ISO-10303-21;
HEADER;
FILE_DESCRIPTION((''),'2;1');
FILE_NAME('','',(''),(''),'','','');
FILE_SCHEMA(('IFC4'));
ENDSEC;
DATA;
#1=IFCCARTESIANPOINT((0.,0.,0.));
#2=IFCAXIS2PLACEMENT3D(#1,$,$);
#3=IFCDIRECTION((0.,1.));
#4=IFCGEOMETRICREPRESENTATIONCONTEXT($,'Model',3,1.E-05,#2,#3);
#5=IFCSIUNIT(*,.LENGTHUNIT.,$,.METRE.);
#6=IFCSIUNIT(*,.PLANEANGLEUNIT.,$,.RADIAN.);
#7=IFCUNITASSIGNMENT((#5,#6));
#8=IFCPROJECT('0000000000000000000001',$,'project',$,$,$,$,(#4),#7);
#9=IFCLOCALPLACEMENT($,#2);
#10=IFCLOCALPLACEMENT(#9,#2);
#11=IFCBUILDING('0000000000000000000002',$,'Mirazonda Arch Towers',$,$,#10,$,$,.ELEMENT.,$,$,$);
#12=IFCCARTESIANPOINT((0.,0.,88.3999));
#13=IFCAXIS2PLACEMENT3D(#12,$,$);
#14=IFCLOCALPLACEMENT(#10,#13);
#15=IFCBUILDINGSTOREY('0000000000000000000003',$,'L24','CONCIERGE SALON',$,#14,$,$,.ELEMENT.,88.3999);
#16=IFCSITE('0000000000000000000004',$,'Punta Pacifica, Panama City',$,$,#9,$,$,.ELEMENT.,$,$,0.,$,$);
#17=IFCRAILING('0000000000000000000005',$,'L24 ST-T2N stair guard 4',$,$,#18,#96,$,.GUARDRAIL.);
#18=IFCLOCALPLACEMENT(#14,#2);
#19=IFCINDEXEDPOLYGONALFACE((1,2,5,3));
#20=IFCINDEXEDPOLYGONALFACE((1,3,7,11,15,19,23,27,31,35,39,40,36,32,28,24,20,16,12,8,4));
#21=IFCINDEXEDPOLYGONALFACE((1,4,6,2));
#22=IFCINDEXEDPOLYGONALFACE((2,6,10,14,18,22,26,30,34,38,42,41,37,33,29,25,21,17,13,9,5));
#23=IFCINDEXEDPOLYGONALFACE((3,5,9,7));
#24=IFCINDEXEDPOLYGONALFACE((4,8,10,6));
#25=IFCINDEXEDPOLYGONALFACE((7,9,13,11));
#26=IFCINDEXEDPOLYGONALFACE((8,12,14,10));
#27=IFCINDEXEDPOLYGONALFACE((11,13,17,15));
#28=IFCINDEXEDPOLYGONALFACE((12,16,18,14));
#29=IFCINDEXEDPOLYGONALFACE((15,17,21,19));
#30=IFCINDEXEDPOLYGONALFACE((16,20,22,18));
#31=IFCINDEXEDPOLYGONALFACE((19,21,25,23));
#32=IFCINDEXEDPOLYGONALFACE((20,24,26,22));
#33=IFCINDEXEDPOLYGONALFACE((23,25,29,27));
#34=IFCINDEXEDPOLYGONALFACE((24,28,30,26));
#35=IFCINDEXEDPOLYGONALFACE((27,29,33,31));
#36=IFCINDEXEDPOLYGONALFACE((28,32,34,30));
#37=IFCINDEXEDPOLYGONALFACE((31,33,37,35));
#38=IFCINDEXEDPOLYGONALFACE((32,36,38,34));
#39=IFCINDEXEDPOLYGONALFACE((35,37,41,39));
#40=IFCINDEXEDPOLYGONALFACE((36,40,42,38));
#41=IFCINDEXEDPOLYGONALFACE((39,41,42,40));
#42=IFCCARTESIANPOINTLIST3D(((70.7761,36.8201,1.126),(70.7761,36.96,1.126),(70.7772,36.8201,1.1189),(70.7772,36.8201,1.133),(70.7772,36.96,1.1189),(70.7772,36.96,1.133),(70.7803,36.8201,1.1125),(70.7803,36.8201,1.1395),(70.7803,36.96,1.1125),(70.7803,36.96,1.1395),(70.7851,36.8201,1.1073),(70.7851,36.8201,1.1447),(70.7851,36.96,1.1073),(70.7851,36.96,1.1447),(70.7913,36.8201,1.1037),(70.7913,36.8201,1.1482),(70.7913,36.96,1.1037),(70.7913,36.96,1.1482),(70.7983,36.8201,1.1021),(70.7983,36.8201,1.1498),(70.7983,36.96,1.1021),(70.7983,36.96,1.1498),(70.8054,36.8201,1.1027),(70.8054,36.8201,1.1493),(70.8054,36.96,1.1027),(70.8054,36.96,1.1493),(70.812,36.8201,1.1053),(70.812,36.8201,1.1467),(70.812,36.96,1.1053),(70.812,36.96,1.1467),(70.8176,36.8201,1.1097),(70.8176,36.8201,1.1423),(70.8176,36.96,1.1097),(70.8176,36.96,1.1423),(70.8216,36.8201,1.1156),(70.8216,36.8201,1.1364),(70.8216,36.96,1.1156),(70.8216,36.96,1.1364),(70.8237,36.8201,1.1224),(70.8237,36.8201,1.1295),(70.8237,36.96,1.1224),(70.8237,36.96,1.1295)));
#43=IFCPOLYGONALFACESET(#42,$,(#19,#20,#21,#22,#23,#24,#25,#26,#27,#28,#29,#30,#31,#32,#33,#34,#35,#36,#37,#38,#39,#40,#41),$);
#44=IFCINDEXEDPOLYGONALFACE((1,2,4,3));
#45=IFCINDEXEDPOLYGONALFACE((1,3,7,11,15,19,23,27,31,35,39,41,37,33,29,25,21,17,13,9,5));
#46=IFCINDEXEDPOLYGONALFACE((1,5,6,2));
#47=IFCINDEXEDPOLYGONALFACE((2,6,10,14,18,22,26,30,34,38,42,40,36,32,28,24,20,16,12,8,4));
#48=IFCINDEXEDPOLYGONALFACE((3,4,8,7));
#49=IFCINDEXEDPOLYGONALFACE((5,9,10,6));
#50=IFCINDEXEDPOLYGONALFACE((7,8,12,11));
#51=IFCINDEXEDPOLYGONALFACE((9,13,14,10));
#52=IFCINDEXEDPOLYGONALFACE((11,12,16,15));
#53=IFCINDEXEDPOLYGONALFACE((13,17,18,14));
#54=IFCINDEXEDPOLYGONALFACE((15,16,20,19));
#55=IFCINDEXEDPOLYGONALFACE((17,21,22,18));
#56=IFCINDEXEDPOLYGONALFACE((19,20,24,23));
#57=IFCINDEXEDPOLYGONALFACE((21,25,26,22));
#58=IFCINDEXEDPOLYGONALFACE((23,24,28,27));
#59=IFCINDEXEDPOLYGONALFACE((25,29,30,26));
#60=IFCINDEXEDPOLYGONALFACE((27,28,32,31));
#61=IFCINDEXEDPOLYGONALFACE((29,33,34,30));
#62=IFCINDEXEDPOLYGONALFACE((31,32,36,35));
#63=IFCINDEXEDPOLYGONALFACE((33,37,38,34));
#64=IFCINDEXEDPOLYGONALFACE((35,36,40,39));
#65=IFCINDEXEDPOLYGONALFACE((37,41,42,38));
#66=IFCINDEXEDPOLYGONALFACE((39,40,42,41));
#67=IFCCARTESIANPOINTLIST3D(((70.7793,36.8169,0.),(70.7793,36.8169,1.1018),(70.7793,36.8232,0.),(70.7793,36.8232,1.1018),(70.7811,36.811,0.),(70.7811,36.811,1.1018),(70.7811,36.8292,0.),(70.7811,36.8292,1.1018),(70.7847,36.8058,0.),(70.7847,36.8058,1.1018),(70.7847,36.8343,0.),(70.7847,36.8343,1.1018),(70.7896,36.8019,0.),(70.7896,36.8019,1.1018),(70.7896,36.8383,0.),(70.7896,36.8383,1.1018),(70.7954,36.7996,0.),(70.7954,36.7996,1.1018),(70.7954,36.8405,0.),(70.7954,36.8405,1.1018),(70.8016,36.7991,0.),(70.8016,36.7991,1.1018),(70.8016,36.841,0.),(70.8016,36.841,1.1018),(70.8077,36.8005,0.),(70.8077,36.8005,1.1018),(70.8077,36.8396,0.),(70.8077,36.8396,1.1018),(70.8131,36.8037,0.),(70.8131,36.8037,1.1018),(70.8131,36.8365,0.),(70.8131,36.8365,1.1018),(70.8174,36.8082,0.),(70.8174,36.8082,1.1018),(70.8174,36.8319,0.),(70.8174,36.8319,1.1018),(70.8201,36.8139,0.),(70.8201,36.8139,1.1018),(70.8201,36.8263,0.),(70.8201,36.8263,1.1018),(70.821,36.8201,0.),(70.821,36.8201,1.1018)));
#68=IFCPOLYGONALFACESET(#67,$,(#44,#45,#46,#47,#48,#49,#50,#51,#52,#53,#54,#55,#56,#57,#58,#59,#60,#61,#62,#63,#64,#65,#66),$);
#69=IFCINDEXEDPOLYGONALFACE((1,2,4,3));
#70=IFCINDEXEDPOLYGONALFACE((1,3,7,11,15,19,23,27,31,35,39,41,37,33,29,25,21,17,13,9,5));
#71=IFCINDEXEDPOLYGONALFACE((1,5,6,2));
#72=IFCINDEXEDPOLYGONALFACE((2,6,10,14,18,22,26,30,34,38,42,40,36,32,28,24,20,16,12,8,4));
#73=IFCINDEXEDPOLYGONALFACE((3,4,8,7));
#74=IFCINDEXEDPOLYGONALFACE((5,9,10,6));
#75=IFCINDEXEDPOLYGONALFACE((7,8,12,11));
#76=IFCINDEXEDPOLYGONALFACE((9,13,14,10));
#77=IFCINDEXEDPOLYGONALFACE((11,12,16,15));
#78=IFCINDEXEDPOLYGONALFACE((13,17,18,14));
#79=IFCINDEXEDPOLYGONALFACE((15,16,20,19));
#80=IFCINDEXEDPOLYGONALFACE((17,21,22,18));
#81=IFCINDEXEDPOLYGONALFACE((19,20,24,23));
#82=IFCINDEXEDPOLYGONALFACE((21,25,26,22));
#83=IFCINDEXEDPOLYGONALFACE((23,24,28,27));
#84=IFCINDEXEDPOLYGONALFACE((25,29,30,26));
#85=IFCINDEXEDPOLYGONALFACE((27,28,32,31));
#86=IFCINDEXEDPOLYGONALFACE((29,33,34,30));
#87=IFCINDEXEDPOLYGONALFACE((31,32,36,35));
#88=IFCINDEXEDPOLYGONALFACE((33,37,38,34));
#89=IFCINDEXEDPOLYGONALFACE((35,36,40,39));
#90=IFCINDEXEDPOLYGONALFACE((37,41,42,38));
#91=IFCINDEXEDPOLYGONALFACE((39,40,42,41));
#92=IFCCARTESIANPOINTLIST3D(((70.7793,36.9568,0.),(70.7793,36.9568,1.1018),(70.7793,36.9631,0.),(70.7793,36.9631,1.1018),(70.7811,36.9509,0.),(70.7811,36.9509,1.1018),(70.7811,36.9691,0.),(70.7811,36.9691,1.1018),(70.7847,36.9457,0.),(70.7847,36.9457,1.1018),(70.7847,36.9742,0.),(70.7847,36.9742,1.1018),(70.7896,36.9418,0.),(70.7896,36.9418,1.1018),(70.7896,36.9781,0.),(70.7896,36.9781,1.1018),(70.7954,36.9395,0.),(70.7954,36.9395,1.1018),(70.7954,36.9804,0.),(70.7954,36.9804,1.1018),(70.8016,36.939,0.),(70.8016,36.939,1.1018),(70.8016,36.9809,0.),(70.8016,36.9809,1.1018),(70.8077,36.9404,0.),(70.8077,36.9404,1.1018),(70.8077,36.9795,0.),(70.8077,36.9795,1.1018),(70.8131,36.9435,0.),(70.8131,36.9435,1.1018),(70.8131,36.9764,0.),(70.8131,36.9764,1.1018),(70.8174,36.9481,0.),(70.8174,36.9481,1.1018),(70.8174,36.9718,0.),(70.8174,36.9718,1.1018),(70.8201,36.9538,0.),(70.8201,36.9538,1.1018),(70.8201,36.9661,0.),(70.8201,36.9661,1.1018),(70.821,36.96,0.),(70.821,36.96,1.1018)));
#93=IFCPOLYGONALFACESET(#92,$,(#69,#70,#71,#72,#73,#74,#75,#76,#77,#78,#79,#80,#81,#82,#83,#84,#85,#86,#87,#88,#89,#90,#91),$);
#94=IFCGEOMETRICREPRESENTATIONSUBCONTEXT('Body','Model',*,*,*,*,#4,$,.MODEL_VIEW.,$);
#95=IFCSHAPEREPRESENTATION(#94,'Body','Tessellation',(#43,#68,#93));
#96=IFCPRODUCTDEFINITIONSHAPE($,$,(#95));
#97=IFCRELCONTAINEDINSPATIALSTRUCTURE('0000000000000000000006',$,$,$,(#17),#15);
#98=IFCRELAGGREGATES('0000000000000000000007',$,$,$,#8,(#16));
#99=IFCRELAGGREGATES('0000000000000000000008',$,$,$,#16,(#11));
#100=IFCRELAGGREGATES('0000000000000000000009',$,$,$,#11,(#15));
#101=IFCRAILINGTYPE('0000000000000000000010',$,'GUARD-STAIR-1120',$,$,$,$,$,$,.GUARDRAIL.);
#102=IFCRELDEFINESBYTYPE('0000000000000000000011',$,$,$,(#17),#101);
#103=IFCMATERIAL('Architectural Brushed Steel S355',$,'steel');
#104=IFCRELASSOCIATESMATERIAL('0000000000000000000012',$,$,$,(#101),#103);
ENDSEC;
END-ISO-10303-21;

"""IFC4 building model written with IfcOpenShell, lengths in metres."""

from ifc_helpers import new_model, si_unit, direction, frame, origin, origin_2d, place, context, subcontext, project, spatial, circle, extrude, material, type_object, element, save


model = new_model("IFC4")

# Units and contexts
model_context = context("Model", 3, precision=1e-05, world=origin(), true_north=direction((0.0, 1.0)))
body_context = subcontext(model_context, "Body", "Model", "MODEL_VIEW")
ifc_project = project(units=[si_unit("LENGTHUNIT", "METRE"), si_unit("PLANEANGLEUNIT", "RADIAN")], contexts=[model_context])

# Site, building, storey
site_placement = place(None, origin())
site = spatial("IfcSite", under=ifc_project, at=site_placement, Name="Punta Pacifica, Panama City", CompositionType="ELEMENT", RefElevation=0.0)
building_placement = place(site_placement, origin())
building = spatial("IfcBuilding", under=site, at=building_placement, Name="Mirazonda Arch Towers", CompositionType="ELEMENT")
storey_placement = place(building_placement, frame((0.0, 0.0, 88.3999)))
storey = spatial("IfcBuildingStorey", under=building, at=storey_placement, Name="L24", Description="CONCIERGE SALON", CompositionType="ELEMENT", Elevation=88.3999)

# Railing
ifc_material_1 = material(Name="Architectural Brushed Steel S355", Category="steel")
railing_type_1 = type_object("IfcRailingType", Name="GUARD-STAIR-1120", PredefinedType="GUARDRAIL", material=ifc_material_1)
railing_1_placement = place(storey_placement, frame((70.8, 36.8201, 0.0)))
element("IfcRailing", 1, at=railing_1_placement, inside=storey, type_object=railing_type_1, Name="L24 ST-T2N stair guard 4", PredefinedType="GUARDRAIL", context=body_context, shape_type="SweptSolid", body=[
    extrude(circle(Radius=0.0239, at=origin_2d()), frame((0.0, 0.0, 1.126), z_axis=(0.0, 1.0, 0.0), x_axis=(-1.0, 0.0, 0.0)), (0.0, 0.0, 1.0), 0.1399),
    extrude(circle(Radius=0.021, at=origin_2d()), origin(), (0.0, 0.0, 1.0), 1.1018),
    extrude(circle(Radius=0.021, at=origin_2d()), frame((0.0, 0.1399, 0.0)), (0.0, 0.0, 1.0), 1.1018),
])

save(model, "model.ifc")
